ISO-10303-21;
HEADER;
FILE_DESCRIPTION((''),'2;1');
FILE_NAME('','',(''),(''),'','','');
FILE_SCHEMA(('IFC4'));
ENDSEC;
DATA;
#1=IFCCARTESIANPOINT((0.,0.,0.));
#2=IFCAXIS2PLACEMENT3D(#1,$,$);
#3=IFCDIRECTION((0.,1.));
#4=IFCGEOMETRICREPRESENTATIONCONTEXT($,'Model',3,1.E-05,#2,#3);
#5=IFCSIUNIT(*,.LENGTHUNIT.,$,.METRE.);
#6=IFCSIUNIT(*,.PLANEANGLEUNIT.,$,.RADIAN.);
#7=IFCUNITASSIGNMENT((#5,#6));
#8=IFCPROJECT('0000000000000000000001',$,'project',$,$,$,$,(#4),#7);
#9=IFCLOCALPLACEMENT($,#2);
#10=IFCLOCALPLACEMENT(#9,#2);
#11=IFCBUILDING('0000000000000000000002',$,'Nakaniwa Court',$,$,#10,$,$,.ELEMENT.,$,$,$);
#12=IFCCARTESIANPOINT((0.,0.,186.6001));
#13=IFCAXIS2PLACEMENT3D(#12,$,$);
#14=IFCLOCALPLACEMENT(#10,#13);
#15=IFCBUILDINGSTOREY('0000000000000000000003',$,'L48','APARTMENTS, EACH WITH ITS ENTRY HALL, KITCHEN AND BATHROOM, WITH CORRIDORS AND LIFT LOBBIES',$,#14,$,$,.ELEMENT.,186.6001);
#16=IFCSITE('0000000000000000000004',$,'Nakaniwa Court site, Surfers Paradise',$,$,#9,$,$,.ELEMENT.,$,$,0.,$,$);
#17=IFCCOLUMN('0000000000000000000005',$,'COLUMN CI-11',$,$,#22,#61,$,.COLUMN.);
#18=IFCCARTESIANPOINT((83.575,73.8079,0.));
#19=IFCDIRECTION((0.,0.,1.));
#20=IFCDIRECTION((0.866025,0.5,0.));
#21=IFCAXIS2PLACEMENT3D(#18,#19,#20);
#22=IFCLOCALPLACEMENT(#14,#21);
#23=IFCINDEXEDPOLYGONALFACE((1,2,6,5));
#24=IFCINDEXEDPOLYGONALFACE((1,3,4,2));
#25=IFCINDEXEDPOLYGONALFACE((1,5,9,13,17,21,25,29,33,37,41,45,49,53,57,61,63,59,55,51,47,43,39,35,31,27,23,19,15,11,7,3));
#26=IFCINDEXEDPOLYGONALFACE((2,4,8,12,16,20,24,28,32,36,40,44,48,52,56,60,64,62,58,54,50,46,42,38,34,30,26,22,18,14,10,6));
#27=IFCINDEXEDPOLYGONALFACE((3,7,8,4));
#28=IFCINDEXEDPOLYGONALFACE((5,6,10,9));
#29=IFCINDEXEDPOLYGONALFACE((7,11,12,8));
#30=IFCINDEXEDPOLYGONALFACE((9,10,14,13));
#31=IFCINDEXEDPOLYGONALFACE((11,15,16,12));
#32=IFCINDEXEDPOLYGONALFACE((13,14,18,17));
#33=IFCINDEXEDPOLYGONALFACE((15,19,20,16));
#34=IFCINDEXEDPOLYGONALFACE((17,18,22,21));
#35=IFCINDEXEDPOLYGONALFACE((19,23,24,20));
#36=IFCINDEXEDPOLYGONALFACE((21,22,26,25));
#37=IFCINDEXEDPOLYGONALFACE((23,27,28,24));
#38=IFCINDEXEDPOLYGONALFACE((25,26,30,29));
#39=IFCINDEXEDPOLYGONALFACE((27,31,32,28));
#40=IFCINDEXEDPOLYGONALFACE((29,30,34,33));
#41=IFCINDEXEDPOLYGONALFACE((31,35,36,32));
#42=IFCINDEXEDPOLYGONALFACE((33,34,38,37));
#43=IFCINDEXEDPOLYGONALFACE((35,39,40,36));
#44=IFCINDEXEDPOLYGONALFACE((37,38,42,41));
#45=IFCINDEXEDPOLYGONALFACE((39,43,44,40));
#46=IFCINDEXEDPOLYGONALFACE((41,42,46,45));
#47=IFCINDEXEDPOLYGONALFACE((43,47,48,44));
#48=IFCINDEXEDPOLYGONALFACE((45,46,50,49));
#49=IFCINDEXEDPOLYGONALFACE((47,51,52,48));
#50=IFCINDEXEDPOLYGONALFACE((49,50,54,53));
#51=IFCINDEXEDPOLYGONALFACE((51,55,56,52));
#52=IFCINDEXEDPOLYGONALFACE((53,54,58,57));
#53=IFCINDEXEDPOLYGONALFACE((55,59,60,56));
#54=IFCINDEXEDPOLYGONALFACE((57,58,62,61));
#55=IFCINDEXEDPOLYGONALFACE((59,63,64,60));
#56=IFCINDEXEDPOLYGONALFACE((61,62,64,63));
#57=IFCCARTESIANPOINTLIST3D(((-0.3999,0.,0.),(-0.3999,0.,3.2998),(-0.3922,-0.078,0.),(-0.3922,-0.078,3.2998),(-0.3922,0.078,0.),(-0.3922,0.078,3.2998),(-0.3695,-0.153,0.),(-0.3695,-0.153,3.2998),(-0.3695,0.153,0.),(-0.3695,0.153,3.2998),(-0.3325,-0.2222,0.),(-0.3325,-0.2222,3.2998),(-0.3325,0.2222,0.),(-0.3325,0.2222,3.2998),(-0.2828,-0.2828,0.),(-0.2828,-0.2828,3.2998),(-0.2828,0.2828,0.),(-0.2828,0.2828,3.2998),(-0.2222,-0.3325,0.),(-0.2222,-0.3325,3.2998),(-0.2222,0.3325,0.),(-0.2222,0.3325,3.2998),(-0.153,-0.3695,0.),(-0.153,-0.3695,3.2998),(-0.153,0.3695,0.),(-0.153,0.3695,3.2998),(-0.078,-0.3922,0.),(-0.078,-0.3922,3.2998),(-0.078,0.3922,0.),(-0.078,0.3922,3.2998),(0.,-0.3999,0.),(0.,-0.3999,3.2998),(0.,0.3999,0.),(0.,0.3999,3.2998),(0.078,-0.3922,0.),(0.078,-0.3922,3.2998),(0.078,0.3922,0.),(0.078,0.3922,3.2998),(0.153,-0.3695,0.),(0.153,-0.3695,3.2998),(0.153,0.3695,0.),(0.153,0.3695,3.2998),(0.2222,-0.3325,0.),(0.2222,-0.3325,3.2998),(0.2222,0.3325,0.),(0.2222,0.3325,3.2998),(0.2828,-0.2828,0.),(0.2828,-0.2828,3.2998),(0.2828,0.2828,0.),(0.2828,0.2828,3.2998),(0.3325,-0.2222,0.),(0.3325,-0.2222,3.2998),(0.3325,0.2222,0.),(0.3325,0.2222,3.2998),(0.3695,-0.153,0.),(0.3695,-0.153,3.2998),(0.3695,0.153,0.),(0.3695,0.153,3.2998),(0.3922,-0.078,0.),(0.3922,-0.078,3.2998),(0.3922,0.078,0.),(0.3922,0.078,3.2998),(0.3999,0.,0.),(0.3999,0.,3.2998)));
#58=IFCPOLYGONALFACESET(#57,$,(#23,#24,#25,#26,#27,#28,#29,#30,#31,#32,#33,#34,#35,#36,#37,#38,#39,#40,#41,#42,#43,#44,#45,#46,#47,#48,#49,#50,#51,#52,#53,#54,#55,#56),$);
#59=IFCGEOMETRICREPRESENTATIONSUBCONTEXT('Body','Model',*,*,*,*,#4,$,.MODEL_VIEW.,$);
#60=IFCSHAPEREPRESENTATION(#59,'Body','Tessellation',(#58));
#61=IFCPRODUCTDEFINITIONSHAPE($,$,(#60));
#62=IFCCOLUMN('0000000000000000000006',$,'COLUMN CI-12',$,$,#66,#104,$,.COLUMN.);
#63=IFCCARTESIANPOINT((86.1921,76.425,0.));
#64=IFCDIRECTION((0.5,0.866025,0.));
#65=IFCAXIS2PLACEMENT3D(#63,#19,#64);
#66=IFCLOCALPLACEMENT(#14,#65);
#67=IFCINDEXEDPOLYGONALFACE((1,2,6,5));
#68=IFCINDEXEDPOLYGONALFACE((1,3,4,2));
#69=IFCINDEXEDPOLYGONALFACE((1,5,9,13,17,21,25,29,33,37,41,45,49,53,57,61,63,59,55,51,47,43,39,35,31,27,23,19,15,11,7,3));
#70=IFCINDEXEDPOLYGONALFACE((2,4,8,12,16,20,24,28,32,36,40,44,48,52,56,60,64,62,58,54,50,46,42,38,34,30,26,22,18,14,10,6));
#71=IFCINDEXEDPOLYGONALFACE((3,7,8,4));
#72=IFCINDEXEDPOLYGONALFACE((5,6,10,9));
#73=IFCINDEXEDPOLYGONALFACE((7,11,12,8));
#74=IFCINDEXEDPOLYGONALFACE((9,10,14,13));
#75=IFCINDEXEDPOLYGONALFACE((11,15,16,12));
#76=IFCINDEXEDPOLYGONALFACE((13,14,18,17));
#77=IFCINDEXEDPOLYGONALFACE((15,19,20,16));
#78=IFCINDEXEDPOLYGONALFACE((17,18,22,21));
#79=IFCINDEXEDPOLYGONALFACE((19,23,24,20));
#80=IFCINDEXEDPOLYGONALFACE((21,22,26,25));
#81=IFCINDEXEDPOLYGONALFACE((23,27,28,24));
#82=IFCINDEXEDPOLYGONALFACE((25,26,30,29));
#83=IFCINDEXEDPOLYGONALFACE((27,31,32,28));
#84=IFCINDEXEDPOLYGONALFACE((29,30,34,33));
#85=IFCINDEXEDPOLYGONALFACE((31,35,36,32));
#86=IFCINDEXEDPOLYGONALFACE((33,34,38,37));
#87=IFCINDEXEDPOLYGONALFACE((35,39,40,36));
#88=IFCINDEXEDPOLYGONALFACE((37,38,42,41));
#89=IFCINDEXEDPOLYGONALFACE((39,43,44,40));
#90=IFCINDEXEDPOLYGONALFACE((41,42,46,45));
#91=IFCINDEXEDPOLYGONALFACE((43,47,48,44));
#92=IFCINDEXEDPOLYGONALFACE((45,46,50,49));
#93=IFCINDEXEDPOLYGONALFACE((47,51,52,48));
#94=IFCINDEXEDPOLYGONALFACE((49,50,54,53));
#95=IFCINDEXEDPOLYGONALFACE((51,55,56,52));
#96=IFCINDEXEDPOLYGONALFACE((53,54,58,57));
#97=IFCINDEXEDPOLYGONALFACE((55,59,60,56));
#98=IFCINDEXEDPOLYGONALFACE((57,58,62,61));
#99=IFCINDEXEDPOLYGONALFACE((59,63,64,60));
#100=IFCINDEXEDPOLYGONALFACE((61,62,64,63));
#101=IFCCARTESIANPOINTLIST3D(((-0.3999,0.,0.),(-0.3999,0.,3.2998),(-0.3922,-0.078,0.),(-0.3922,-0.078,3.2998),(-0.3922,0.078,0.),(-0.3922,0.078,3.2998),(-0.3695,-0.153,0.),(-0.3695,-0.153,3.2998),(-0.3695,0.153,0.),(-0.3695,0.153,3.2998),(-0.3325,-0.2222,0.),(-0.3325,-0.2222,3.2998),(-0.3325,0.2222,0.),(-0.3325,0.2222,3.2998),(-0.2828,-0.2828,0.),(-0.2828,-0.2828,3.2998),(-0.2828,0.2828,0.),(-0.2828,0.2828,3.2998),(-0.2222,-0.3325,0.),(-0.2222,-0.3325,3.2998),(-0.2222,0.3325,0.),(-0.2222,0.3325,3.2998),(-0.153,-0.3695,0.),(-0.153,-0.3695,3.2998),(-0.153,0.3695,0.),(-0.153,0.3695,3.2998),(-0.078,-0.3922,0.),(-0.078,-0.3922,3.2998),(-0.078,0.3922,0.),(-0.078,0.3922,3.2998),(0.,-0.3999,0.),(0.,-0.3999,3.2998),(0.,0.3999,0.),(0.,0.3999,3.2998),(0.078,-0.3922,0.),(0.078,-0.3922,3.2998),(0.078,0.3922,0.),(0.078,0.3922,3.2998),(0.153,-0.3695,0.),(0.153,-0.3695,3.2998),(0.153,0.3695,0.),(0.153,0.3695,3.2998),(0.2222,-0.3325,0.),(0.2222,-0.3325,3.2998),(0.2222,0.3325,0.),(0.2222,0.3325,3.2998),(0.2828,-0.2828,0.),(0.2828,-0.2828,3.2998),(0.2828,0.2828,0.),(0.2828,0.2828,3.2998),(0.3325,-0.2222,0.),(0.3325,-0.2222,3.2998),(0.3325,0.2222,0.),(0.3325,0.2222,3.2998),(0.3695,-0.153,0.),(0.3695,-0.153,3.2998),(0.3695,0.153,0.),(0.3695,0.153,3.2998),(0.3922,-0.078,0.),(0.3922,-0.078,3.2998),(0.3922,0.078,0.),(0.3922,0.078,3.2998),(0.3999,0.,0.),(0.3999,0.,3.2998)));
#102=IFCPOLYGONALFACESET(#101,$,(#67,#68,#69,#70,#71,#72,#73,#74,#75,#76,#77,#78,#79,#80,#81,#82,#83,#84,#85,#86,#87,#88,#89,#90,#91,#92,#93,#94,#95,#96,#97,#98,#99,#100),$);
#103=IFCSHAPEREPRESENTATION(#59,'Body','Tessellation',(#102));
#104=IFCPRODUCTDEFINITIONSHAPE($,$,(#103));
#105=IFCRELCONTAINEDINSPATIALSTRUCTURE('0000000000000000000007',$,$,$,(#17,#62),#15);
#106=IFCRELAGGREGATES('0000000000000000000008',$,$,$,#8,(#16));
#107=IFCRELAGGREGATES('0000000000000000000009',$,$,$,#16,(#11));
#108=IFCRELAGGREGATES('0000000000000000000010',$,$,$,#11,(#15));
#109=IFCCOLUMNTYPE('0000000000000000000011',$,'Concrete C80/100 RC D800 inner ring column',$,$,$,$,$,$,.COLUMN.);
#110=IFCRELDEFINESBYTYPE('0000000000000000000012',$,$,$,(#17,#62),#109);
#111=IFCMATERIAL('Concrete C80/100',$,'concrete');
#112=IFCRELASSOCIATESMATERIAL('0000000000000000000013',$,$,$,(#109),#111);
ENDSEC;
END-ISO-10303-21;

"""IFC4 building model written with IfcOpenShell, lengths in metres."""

from ifc_helpers import new_model, si_unit, direction, frame, origin, origin_2d, place, context, subcontext, project, spatial, circle, extrude, material, material_profile, profile_set, type_object, element, save


model = new_model("IFC4")

# Units and contexts
model_context = context("Model", 3, precision=1e-05, world=origin(), true_north=direction((0.0, 1.0)))
body_context = subcontext(model_context, "Body", "Model", "MODEL_VIEW")
ifc_project = project(units=[si_unit("LENGTHUNIT", "METRE"), si_unit("PLANEANGLEUNIT", "RADIAN")], contexts=[model_context])

# Site, building, storey
site_placement = place(None, origin())
site = spatial("IfcSite", under=ifc_project, at=site_placement, Name="Nakaniwa Court site, Surfers Paradise", CompositionType="ELEMENT", RefElevation=0.0)
building_placement = place(site_placement, origin())
building = spatial("IfcBuilding", under=site, at=building_placement, Name="Nakaniwa Court", CompositionType="ELEMENT")
storey_placement = place(building_placement, frame((0.0, 0.0, 186.6001)))
storey = spatial("IfcBuildingStorey", under=building, at=storey_placement, Name="L48", Description="APARTMENTS, EACH WITH ITS ENTRY HALL, KITCHEN AND BATHROOM, WITH CORRIDORS AND LIFT LOBBIES", CompositionType="ELEMENT", Elevation=186.6001)

# Columns
ifc_material_1 = material(Name="Concrete C80/100", Category="concrete")
ifc_material_profile_1 = material_profile(ifc_material_1, circle(Radius=0.3999, at=origin_2d()), Name="Concrete C80/100 RC D800 inner ring column")
ifc_profile_set_1 = profile_set([ifc_material_profile_1], Name="Concrete C80/100")
column_type = type_object("IfcColumnType", Name="Concrete C80/100 RC D800 inner ring column", PredefinedType="COLUMN", material=ifc_profile_set_1)
for number, where, z_axis, x_axis, name in (
    (1, (83.575, 73.8079, 0.0), (0.0, 0.0, 1.0), (0.866025, 0.5, 0.0), "COLUMN CI-11"),
    (2, (86.1921, 76.425, 0.0), (0.0, 0.0, 1.0), (0.5, 0.866025, 0.0), "COLUMN CI-12"),
):
    element("IfcColumn", number, at=place(storey_placement, frame(where, z_axis=z_axis, x_axis=x_axis)), inside=storey, type_object=column_type, Name=name, PredefinedType="COLUMN", context=body_context, shape_type="SweptSolid", body=[
        extrude(circle(Radius=0.3999, at=origin_2d()), origin(), (0.0, 0.0, 1.0), 3.2998),
    ])

save(model, "model.ifc")
